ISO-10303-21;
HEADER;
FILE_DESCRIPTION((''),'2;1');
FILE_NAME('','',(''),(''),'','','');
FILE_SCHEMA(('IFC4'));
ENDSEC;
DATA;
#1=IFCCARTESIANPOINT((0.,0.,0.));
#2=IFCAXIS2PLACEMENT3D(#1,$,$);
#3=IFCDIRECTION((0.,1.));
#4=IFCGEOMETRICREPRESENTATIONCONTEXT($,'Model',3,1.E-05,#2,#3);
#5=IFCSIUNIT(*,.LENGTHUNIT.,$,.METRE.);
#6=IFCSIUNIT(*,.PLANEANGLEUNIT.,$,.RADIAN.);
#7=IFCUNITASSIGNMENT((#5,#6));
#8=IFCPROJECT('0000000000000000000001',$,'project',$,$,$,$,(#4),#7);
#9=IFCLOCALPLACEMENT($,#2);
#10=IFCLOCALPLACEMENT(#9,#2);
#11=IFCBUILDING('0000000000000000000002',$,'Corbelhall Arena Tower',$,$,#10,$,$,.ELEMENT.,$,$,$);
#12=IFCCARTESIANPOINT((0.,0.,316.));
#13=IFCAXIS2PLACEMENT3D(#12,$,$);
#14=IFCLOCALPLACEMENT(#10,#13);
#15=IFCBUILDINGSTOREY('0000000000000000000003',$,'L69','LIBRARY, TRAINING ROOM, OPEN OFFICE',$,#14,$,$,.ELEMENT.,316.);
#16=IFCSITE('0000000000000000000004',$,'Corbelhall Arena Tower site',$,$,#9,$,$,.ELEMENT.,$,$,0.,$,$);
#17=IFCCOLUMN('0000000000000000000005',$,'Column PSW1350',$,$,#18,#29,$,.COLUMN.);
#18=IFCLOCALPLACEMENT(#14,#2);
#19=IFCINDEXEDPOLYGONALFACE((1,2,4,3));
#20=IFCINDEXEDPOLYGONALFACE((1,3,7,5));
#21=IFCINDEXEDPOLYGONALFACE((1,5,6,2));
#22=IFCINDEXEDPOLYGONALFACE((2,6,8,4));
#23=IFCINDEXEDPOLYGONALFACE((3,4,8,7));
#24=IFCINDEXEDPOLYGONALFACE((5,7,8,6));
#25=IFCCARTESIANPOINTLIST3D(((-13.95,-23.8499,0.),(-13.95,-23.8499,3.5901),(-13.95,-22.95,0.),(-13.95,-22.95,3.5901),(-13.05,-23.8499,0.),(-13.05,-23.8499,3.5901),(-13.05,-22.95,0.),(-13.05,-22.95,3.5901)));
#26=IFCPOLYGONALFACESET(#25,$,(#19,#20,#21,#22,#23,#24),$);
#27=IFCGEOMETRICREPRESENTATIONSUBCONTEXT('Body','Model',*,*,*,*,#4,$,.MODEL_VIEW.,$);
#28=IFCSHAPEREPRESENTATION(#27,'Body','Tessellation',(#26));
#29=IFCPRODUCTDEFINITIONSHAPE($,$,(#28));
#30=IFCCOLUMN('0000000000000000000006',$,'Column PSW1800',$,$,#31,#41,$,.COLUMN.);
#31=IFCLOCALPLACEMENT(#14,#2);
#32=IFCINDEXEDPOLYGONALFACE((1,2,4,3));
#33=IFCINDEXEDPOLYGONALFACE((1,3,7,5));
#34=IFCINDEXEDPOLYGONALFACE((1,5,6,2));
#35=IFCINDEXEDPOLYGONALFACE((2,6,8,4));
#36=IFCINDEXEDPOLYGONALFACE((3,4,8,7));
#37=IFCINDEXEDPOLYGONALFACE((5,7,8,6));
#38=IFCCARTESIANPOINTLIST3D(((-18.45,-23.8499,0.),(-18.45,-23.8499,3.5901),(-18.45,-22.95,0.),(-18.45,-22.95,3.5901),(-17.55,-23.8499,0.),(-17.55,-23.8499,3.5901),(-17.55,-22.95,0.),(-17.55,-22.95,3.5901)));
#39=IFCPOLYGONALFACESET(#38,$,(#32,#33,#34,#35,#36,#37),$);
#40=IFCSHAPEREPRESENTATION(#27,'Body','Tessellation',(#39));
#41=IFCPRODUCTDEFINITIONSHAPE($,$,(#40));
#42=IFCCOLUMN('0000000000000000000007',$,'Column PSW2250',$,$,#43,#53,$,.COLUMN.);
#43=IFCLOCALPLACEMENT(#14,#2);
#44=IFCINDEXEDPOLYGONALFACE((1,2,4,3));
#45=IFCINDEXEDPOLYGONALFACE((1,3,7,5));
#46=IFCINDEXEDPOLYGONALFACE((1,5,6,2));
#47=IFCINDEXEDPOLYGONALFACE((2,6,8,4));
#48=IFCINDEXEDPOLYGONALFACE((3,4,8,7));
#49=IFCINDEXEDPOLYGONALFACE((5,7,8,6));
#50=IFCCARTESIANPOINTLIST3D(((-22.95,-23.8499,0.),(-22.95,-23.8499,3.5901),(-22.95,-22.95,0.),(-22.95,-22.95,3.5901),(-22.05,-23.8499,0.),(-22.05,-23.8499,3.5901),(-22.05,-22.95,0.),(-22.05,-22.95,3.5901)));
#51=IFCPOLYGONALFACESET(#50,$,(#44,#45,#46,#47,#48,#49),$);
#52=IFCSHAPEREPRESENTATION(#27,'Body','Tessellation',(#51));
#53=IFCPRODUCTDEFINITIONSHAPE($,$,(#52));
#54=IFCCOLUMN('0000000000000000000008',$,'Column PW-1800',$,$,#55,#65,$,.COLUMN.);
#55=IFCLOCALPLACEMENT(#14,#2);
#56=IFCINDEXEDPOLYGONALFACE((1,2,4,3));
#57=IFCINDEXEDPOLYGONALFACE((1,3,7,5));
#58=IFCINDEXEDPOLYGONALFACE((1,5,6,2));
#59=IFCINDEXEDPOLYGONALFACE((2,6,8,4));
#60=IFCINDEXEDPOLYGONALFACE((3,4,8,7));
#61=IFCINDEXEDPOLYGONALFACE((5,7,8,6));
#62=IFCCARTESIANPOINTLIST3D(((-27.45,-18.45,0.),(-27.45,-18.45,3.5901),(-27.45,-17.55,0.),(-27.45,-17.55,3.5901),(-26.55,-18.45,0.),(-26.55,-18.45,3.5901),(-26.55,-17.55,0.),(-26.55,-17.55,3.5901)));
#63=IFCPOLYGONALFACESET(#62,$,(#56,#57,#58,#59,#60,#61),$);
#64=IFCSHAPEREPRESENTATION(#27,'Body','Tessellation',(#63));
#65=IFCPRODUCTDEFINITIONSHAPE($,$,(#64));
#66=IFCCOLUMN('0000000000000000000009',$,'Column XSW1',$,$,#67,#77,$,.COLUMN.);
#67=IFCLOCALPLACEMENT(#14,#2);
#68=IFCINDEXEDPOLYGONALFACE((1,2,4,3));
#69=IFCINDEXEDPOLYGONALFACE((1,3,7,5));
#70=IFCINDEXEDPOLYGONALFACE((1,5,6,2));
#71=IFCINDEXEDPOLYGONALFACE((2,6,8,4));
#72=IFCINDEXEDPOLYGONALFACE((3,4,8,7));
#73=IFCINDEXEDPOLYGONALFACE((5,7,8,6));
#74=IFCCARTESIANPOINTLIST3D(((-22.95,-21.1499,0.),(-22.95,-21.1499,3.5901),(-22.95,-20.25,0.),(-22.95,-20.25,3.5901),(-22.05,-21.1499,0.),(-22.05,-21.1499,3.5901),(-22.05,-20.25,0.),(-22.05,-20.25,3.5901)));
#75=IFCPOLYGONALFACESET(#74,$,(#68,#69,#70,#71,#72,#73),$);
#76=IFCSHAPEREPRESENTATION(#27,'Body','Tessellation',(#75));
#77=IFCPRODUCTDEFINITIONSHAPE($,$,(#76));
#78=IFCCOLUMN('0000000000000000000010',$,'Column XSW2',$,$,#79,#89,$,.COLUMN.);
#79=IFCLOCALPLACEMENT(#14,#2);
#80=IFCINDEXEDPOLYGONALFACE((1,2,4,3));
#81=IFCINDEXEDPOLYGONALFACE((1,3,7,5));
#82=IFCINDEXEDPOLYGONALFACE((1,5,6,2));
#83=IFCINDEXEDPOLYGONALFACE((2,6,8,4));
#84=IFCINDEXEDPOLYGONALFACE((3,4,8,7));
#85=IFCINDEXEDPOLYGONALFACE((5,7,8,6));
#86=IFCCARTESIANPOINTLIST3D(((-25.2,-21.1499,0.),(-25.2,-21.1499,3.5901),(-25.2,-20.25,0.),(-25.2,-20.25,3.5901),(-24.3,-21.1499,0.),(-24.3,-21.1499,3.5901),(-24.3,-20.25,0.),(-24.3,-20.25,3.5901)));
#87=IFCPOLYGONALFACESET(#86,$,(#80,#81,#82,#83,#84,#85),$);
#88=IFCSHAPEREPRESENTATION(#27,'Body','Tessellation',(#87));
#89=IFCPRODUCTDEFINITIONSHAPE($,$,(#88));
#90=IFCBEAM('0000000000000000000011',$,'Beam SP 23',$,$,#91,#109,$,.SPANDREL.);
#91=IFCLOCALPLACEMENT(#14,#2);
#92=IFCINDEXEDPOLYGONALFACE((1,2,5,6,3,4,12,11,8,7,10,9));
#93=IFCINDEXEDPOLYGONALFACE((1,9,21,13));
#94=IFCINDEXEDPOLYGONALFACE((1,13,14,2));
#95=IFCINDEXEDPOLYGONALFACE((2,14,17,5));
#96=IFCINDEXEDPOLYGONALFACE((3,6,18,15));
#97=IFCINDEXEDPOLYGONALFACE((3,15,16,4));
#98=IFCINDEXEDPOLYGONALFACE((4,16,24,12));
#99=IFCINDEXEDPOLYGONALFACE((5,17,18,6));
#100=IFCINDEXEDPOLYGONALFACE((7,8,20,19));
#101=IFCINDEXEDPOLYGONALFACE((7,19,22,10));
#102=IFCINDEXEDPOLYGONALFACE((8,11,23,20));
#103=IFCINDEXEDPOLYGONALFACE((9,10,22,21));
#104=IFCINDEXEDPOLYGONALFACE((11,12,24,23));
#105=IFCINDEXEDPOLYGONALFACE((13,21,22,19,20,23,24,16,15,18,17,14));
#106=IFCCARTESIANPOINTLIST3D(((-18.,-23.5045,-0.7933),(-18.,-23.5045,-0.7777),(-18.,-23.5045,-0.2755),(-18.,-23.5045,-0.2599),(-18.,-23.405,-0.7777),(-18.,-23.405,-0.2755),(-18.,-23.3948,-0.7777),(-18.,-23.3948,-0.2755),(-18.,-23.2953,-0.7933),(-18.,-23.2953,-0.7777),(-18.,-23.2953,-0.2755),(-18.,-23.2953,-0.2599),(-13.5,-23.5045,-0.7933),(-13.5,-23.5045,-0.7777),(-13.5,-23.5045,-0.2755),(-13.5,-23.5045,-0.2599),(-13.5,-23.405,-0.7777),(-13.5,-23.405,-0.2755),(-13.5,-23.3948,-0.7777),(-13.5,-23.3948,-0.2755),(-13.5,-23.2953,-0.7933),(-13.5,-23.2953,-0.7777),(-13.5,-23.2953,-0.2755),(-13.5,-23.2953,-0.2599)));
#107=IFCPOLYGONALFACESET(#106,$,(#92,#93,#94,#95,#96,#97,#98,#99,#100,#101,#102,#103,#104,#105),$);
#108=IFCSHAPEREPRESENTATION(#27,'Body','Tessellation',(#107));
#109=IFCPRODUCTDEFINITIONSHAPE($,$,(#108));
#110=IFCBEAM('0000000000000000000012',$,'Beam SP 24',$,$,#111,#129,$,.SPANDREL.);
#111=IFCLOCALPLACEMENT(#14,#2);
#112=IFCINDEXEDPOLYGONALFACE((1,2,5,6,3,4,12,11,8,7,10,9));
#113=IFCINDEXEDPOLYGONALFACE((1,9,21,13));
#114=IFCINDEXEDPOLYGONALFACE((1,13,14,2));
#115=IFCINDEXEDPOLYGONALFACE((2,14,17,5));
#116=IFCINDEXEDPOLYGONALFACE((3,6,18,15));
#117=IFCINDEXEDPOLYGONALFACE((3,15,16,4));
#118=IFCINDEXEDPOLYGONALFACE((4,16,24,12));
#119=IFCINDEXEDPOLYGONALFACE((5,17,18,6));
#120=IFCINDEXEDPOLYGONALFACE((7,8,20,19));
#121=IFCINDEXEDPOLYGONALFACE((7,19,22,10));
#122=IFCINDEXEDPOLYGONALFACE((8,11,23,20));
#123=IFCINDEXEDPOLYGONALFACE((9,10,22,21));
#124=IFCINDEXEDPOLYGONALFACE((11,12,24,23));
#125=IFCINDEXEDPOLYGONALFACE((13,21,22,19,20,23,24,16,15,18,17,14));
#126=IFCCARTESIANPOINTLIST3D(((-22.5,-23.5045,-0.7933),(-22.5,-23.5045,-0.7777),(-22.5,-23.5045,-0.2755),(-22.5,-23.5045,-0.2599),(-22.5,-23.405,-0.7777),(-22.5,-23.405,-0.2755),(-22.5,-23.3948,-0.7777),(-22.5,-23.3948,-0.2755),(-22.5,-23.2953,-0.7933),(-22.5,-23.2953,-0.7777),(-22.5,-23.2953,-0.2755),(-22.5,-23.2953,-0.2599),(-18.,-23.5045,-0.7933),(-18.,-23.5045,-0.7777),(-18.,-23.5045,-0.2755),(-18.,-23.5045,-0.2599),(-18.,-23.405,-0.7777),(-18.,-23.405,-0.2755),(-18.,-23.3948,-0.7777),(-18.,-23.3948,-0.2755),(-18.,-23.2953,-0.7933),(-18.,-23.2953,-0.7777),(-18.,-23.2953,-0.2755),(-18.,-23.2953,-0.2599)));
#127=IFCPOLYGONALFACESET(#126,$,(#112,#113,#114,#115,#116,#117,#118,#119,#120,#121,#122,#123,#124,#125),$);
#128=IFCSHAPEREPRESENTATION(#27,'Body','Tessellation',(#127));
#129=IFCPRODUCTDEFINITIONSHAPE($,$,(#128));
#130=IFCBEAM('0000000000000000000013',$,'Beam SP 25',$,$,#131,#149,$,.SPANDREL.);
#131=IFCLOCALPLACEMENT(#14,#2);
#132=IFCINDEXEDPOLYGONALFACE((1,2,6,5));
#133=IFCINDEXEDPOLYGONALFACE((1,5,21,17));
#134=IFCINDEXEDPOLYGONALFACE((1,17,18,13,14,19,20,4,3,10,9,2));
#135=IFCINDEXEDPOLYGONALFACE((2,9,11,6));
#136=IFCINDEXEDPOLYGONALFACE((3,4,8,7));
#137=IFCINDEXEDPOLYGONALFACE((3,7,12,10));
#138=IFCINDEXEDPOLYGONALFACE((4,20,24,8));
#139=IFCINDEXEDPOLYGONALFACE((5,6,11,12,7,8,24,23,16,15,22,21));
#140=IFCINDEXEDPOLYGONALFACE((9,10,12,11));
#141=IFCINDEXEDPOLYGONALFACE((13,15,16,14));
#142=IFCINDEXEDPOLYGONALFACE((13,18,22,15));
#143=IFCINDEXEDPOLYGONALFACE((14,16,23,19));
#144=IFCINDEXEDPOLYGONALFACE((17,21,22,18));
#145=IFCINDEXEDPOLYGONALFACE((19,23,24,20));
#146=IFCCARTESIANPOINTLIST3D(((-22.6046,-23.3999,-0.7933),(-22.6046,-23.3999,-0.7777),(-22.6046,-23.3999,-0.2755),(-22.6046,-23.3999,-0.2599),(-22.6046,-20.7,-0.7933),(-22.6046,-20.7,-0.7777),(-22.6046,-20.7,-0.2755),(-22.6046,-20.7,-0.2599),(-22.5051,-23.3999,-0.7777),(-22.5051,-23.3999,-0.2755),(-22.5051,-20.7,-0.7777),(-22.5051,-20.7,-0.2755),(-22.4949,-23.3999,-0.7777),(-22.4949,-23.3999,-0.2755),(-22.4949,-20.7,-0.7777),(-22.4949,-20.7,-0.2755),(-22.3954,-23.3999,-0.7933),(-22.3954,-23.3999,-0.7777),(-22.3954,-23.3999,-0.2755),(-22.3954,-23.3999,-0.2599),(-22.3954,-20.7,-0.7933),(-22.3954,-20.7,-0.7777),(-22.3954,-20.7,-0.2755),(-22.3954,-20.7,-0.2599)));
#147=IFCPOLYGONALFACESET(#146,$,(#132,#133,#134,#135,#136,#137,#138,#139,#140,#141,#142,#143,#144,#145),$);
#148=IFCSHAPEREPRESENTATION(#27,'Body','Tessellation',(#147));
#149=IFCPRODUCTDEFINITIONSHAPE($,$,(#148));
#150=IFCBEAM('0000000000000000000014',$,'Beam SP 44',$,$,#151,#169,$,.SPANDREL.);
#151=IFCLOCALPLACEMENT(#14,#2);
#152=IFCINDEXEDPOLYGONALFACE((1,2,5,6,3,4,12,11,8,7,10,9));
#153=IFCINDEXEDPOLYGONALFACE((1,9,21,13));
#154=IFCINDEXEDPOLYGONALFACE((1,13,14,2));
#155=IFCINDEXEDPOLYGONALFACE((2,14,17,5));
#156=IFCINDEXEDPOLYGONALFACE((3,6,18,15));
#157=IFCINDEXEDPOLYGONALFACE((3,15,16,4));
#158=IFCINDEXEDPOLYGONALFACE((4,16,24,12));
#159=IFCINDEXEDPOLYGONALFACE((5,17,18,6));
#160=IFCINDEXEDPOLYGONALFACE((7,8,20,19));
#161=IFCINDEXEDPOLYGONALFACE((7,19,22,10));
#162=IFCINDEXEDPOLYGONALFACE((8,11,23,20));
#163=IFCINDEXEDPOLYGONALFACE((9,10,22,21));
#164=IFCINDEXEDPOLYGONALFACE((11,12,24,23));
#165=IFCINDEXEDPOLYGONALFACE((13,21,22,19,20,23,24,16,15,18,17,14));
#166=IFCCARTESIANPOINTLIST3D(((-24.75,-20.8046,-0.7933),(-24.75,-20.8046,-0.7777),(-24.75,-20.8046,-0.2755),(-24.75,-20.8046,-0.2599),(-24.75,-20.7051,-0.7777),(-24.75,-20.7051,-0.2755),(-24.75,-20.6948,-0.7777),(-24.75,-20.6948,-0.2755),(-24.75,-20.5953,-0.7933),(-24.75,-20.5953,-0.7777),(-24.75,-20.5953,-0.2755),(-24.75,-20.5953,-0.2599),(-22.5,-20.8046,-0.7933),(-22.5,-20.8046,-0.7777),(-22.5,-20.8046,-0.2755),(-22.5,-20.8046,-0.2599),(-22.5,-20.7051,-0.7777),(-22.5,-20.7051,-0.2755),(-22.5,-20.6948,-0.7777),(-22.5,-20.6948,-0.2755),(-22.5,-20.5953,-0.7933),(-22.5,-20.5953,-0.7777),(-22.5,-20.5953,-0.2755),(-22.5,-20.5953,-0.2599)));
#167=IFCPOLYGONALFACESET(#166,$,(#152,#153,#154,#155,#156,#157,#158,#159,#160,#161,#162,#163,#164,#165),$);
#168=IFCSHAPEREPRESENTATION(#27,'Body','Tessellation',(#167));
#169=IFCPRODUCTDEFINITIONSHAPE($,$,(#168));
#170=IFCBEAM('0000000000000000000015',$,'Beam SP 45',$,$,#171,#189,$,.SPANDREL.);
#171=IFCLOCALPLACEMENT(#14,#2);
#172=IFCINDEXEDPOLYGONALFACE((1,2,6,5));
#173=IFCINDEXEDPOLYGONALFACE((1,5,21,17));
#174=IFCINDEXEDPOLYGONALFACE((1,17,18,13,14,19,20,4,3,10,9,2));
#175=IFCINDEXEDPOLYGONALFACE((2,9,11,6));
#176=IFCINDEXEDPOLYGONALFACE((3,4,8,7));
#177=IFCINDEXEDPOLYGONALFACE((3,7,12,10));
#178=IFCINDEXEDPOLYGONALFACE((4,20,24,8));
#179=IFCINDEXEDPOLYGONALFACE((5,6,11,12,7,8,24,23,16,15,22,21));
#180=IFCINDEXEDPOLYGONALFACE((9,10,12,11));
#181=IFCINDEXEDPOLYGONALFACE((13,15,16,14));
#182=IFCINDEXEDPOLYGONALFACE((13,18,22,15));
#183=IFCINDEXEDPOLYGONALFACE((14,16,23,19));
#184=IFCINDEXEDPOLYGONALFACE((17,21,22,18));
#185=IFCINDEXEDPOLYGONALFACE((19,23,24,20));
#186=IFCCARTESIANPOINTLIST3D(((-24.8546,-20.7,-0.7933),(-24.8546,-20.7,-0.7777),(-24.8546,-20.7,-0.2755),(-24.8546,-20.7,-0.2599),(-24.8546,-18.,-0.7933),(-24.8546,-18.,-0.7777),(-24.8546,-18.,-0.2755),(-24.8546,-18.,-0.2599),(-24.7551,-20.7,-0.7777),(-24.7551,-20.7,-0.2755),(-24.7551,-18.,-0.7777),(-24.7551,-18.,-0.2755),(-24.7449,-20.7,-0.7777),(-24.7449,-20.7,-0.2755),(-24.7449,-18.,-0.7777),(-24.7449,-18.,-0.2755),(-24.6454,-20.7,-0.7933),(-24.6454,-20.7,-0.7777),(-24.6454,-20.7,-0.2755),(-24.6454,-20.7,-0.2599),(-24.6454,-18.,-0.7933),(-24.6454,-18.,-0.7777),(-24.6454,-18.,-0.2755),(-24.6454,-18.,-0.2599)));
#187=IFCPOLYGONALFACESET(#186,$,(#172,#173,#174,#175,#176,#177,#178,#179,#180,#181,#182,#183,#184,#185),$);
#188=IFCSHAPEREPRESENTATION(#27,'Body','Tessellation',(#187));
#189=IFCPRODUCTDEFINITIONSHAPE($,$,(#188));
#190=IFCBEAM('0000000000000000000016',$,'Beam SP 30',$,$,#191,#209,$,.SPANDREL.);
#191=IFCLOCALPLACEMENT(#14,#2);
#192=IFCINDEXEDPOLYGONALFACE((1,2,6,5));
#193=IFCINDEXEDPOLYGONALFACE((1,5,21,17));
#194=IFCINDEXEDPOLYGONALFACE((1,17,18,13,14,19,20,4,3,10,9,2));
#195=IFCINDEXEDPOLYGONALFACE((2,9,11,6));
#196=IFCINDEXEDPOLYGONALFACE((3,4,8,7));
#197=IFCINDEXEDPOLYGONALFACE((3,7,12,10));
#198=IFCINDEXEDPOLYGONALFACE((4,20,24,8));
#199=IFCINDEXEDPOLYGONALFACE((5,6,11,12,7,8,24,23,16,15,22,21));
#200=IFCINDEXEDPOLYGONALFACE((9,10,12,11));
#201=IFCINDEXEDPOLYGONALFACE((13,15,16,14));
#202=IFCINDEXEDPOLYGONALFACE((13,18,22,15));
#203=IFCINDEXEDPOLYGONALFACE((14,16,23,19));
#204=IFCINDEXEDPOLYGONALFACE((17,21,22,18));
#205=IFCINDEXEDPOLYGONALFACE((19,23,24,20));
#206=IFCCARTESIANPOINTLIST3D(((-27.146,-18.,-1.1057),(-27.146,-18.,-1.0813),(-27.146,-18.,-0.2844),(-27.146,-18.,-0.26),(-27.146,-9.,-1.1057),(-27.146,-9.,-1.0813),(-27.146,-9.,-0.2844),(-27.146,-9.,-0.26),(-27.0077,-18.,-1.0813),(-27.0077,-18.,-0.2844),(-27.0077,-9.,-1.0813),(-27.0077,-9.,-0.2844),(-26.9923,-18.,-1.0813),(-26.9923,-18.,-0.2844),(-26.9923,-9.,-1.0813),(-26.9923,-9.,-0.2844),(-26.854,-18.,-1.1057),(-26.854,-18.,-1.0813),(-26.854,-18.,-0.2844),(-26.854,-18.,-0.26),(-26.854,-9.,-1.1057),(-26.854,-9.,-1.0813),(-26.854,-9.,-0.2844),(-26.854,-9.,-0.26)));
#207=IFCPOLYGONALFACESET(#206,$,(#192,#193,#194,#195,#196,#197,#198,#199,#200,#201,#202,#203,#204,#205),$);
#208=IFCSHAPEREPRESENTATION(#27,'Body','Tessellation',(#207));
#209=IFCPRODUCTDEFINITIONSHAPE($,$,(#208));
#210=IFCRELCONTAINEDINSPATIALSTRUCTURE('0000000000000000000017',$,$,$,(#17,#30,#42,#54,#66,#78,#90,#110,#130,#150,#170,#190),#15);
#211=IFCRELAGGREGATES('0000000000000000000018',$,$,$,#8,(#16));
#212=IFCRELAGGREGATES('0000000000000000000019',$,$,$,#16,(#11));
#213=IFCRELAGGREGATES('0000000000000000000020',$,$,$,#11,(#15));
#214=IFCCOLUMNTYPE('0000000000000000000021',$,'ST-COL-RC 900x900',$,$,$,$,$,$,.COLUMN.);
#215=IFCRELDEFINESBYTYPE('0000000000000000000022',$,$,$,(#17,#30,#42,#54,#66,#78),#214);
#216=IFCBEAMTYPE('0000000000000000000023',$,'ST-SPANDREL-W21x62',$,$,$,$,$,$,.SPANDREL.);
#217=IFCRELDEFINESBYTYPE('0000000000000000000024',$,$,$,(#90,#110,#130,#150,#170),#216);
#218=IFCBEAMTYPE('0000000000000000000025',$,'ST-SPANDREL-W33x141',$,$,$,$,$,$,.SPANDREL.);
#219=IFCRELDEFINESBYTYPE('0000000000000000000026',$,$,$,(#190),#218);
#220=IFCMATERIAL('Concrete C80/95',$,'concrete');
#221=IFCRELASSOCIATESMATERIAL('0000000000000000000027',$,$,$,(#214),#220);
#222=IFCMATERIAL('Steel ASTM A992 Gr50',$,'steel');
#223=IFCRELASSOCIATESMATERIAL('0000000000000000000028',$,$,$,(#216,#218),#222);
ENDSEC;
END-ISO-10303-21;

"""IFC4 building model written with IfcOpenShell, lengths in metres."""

from ifc_helpers import new_model, si_unit, direction, frame, origin, origin_2d, place, context, subcontext, project, spatial, rectangle, i_section, extrude, material, material_profile, profile_set, type_object, element, save


model = new_model("IFC4")

# Units and contexts
model_context = context("Model", 3, precision=1e-05, world=origin(), true_north=direction((0.0, 1.0)))
body_context = subcontext(model_context, "Body", "Model", "MODEL_VIEW")
ifc_project = project(units=[si_unit("LENGTHUNIT", "METRE"), si_unit("PLANEANGLEUNIT", "RADIAN")], contexts=[model_context])

# Site, building, storey
site_placement = place(None, origin())
site = spatial("IfcSite", under=ifc_project, at=site_placement, Name="Corbelhall Arena Tower site", CompositionType="ELEMENT", RefElevation=0.0)
building_placement = place(site_placement, origin())
building = spatial("IfcBuilding", under=site, at=building_placement, Name="Corbelhall Arena Tower", CompositionType="ELEMENT")
storey_placement = place(building_placement, frame((0.0, 0.0, 316.0)))
storey = spatial("IfcBuildingStorey", under=building, at=storey_placement, Name="L69", Description="LIBRARY, TRAINING ROOM, OPEN OFFICE", CompositionType="ELEMENT", Elevation=316.0)

# Columns
ifc_material_1 = material(Name="Concrete C80/95", Category="concrete")
ifc_material_profile_1 = material_profile(ifc_material_1, rectangle(XDim=0.8999, YDim=0.8999, at=origin_2d()))
ifc_profile_set_1 = profile_set([ifc_material_profile_1], Name="Concrete C80/95")
column_type = type_object("IfcColumnType", Name="ST-COL-RC 900x900", PredefinedType="COLUMN", material=ifc_profile_set_1)
for number, where, z_axis, x_axis, name in (
    (1, (-13.5, -23.3999, 0.0), (0.0, 0.0, 1.0), (1.0, 0.0, 0.0), "Column PSW1350"),
    (2, (-18.0, -23.3999, 0.0), (0.0, 0.0, 1.0), (1.0, 0.0, 0.0), "Column PSW1800"),
    (3, (-22.5, -23.3999, 0.0), (0.0, 0.0, 1.0), (1.0, 0.0, 0.0), "Column PSW2250"),
    (4, (-27.0, -18.0, 0.0), (0.0, 0.0, 1.0), (0.0, 1.0, 0.0), "Column PW-1800"),
    (5, (-22.5, -20.7, 0.0), (0.0, 0.0, 1.0), (1.0, 0.0, 0.0), "Column XSW1"),
    (6, (-24.75, -20.7, 0.0), (0.0, 0.0, 1.0), (1.0, 0.0, 0.0), "Column XSW2"),
):
    element("IfcColumn", number, at=place(storey_placement, frame(where, z_axis=z_axis, x_axis=x_axis)), inside=storey, type_object=column_type, Name=name, PredefinedType="COLUMN", context=body_context, shape_type="SweptSolid", body=[
        extrude(rectangle(XDim=0.8999, YDim=0.8999, at=origin_2d()), origin(), (0.0, 0.0, 1.0), 3.5901),
    ])

# Beams
ifc_material_2 = material(Name="Steel ASTM A992 Gr50", Category="steel")
ifc_material_profile_2 = material_profile(ifc_material_2, i_section(OverallWidth=0.2092, OverallDepth=0.5334, WebThickness=0.0103, FlangeThickness=0.0156, at=origin_2d()))
ifc_profile_set_2 = profile_set([ifc_material_profile_2], Name="Steel ASTM A992 Gr50")
beam_type_1 = type_object("IfcBeamType", Name="ST-SPANDREL-W21x62", PredefinedType="SPANDREL", material=ifc_profile_set_2)
for number, where, z_axis, x_axis, name in (
    (7, (-13.5, -23.3999, -0.5266), (-1.0, 0.0, 0.0), (0.0, -1.0, 0.0), "Beam SP 23"),
    (8, (-18.0, -23.3999, -0.5266), (-1.0, 0.0, 0.0), (0.0, -1.0, 0.0), "Beam SP 24"),
):
    element("IfcBeam", number, at=place(storey_placement, frame(where, z_axis=z_axis, x_axis=x_axis)), inside=storey, type_object=beam_type_1, Name=name, PredefinedType="SPANDREL", context=body_context, shape_type="SweptSolid", body=[
        extrude(i_section(OverallWidth=0.2092, OverallDepth=0.5334, WebThickness=0.0103, FlangeThickness=0.0156, at=origin_2d()), origin(), (0.0, 0.0, 1.0), 4.5),
    ])
beam_1_placement = place(storey_placement, frame((-22.5, -23.3999, -0.5266), z_axis=(0.0, 1.0, 0.0), x_axis=(-1.0, 0.0, 0.0)))
element("IfcBeam", 9, at=beam_1_placement, inside=storey, type_object=beam_type_1, Name="Beam SP 25", PredefinedType="SPANDREL", context=body_context, shape_type="SweptSolid", body=[
    extrude(i_section(OverallWidth=0.2092, OverallDepth=0.5334, WebThickness=0.0103, FlangeThickness=0.0156, at=origin_2d()), origin(), (0.0, 0.0, 1.0), 2.7),
])
beam_2_placement = place(storey_placement, frame((-22.5, -20.7, -0.5266), z_axis=(-1.0, 0.0, 0.0), x_axis=(0.0, -1.0, 0.0)))
element("IfcBeam", 10, at=beam_2_placement, inside=storey, type_object=beam_type_1, Name="Beam SP 44", PredefinedType="SPANDREL", context=body_context, shape_type="SweptSolid", body=[
    extrude(i_section(OverallWidth=0.2092, OverallDepth=0.5334, WebThickness=0.0103, FlangeThickness=0.0156, at=origin_2d()), origin(), (0.0, 0.0, 1.0), 2.25),
])
beam_3_placement = place(storey_placement, frame((-24.75, -20.7, -0.5266), z_axis=(0.0, 1.0, 0.0), x_axis=(-1.0, 0.0, 0.0)))
element("IfcBeam", 11, at=beam_3_placement, inside=storey, type_object=beam_type_1, Name="Beam SP 45", PredefinedType="SPANDREL", context=body_context, shape_type="SweptSolid", body=[
    extrude(i_section(OverallWidth=0.2092, OverallDepth=0.5334, WebThickness=0.0103, FlangeThickness=0.0156, at=origin_2d()), origin(), (0.0, 0.0, 1.0), 2.7),
])
ifc_material_profile_3 = material_profile(ifc_material_2, i_section(OverallWidth=0.292, OverallDepth=0.8457, WebThickness=0.0154, FlangeThickness=0.0244, at=origin_2d()))
ifc_profile_set_3 = profile_set([ifc_material_profile_3], Name="Steel ASTM A992 Gr50")
beam_type_2 = type_object("IfcBeamType", Name="ST-SPANDREL-W33x141", PredefinedType="SPANDREL", material=ifc_profile_set_3)
beam_4_placement = place(storey_placement, frame((-27.0, -18.0, -0.6829), z_axis=(0.0, 1.0, 0.0), x_axis=(-1.0, 0.0, 0.0)))
element("IfcBeam", 12, at=beam_4_placement, inside=storey, type_object=beam_type_2, Name="Beam SP 30", PredefinedType="SPANDREL", context=body_context, shape_type="SweptSolid", body=[
    extrude(i_section(OverallWidth=0.292, OverallDepth=0.8457, WebThickness=0.0154, FlangeThickness=0.0244, at=origin_2d()), origin(), (0.0, 0.0, 1.0), 9.0),
])

save(model, "model.ifc")
